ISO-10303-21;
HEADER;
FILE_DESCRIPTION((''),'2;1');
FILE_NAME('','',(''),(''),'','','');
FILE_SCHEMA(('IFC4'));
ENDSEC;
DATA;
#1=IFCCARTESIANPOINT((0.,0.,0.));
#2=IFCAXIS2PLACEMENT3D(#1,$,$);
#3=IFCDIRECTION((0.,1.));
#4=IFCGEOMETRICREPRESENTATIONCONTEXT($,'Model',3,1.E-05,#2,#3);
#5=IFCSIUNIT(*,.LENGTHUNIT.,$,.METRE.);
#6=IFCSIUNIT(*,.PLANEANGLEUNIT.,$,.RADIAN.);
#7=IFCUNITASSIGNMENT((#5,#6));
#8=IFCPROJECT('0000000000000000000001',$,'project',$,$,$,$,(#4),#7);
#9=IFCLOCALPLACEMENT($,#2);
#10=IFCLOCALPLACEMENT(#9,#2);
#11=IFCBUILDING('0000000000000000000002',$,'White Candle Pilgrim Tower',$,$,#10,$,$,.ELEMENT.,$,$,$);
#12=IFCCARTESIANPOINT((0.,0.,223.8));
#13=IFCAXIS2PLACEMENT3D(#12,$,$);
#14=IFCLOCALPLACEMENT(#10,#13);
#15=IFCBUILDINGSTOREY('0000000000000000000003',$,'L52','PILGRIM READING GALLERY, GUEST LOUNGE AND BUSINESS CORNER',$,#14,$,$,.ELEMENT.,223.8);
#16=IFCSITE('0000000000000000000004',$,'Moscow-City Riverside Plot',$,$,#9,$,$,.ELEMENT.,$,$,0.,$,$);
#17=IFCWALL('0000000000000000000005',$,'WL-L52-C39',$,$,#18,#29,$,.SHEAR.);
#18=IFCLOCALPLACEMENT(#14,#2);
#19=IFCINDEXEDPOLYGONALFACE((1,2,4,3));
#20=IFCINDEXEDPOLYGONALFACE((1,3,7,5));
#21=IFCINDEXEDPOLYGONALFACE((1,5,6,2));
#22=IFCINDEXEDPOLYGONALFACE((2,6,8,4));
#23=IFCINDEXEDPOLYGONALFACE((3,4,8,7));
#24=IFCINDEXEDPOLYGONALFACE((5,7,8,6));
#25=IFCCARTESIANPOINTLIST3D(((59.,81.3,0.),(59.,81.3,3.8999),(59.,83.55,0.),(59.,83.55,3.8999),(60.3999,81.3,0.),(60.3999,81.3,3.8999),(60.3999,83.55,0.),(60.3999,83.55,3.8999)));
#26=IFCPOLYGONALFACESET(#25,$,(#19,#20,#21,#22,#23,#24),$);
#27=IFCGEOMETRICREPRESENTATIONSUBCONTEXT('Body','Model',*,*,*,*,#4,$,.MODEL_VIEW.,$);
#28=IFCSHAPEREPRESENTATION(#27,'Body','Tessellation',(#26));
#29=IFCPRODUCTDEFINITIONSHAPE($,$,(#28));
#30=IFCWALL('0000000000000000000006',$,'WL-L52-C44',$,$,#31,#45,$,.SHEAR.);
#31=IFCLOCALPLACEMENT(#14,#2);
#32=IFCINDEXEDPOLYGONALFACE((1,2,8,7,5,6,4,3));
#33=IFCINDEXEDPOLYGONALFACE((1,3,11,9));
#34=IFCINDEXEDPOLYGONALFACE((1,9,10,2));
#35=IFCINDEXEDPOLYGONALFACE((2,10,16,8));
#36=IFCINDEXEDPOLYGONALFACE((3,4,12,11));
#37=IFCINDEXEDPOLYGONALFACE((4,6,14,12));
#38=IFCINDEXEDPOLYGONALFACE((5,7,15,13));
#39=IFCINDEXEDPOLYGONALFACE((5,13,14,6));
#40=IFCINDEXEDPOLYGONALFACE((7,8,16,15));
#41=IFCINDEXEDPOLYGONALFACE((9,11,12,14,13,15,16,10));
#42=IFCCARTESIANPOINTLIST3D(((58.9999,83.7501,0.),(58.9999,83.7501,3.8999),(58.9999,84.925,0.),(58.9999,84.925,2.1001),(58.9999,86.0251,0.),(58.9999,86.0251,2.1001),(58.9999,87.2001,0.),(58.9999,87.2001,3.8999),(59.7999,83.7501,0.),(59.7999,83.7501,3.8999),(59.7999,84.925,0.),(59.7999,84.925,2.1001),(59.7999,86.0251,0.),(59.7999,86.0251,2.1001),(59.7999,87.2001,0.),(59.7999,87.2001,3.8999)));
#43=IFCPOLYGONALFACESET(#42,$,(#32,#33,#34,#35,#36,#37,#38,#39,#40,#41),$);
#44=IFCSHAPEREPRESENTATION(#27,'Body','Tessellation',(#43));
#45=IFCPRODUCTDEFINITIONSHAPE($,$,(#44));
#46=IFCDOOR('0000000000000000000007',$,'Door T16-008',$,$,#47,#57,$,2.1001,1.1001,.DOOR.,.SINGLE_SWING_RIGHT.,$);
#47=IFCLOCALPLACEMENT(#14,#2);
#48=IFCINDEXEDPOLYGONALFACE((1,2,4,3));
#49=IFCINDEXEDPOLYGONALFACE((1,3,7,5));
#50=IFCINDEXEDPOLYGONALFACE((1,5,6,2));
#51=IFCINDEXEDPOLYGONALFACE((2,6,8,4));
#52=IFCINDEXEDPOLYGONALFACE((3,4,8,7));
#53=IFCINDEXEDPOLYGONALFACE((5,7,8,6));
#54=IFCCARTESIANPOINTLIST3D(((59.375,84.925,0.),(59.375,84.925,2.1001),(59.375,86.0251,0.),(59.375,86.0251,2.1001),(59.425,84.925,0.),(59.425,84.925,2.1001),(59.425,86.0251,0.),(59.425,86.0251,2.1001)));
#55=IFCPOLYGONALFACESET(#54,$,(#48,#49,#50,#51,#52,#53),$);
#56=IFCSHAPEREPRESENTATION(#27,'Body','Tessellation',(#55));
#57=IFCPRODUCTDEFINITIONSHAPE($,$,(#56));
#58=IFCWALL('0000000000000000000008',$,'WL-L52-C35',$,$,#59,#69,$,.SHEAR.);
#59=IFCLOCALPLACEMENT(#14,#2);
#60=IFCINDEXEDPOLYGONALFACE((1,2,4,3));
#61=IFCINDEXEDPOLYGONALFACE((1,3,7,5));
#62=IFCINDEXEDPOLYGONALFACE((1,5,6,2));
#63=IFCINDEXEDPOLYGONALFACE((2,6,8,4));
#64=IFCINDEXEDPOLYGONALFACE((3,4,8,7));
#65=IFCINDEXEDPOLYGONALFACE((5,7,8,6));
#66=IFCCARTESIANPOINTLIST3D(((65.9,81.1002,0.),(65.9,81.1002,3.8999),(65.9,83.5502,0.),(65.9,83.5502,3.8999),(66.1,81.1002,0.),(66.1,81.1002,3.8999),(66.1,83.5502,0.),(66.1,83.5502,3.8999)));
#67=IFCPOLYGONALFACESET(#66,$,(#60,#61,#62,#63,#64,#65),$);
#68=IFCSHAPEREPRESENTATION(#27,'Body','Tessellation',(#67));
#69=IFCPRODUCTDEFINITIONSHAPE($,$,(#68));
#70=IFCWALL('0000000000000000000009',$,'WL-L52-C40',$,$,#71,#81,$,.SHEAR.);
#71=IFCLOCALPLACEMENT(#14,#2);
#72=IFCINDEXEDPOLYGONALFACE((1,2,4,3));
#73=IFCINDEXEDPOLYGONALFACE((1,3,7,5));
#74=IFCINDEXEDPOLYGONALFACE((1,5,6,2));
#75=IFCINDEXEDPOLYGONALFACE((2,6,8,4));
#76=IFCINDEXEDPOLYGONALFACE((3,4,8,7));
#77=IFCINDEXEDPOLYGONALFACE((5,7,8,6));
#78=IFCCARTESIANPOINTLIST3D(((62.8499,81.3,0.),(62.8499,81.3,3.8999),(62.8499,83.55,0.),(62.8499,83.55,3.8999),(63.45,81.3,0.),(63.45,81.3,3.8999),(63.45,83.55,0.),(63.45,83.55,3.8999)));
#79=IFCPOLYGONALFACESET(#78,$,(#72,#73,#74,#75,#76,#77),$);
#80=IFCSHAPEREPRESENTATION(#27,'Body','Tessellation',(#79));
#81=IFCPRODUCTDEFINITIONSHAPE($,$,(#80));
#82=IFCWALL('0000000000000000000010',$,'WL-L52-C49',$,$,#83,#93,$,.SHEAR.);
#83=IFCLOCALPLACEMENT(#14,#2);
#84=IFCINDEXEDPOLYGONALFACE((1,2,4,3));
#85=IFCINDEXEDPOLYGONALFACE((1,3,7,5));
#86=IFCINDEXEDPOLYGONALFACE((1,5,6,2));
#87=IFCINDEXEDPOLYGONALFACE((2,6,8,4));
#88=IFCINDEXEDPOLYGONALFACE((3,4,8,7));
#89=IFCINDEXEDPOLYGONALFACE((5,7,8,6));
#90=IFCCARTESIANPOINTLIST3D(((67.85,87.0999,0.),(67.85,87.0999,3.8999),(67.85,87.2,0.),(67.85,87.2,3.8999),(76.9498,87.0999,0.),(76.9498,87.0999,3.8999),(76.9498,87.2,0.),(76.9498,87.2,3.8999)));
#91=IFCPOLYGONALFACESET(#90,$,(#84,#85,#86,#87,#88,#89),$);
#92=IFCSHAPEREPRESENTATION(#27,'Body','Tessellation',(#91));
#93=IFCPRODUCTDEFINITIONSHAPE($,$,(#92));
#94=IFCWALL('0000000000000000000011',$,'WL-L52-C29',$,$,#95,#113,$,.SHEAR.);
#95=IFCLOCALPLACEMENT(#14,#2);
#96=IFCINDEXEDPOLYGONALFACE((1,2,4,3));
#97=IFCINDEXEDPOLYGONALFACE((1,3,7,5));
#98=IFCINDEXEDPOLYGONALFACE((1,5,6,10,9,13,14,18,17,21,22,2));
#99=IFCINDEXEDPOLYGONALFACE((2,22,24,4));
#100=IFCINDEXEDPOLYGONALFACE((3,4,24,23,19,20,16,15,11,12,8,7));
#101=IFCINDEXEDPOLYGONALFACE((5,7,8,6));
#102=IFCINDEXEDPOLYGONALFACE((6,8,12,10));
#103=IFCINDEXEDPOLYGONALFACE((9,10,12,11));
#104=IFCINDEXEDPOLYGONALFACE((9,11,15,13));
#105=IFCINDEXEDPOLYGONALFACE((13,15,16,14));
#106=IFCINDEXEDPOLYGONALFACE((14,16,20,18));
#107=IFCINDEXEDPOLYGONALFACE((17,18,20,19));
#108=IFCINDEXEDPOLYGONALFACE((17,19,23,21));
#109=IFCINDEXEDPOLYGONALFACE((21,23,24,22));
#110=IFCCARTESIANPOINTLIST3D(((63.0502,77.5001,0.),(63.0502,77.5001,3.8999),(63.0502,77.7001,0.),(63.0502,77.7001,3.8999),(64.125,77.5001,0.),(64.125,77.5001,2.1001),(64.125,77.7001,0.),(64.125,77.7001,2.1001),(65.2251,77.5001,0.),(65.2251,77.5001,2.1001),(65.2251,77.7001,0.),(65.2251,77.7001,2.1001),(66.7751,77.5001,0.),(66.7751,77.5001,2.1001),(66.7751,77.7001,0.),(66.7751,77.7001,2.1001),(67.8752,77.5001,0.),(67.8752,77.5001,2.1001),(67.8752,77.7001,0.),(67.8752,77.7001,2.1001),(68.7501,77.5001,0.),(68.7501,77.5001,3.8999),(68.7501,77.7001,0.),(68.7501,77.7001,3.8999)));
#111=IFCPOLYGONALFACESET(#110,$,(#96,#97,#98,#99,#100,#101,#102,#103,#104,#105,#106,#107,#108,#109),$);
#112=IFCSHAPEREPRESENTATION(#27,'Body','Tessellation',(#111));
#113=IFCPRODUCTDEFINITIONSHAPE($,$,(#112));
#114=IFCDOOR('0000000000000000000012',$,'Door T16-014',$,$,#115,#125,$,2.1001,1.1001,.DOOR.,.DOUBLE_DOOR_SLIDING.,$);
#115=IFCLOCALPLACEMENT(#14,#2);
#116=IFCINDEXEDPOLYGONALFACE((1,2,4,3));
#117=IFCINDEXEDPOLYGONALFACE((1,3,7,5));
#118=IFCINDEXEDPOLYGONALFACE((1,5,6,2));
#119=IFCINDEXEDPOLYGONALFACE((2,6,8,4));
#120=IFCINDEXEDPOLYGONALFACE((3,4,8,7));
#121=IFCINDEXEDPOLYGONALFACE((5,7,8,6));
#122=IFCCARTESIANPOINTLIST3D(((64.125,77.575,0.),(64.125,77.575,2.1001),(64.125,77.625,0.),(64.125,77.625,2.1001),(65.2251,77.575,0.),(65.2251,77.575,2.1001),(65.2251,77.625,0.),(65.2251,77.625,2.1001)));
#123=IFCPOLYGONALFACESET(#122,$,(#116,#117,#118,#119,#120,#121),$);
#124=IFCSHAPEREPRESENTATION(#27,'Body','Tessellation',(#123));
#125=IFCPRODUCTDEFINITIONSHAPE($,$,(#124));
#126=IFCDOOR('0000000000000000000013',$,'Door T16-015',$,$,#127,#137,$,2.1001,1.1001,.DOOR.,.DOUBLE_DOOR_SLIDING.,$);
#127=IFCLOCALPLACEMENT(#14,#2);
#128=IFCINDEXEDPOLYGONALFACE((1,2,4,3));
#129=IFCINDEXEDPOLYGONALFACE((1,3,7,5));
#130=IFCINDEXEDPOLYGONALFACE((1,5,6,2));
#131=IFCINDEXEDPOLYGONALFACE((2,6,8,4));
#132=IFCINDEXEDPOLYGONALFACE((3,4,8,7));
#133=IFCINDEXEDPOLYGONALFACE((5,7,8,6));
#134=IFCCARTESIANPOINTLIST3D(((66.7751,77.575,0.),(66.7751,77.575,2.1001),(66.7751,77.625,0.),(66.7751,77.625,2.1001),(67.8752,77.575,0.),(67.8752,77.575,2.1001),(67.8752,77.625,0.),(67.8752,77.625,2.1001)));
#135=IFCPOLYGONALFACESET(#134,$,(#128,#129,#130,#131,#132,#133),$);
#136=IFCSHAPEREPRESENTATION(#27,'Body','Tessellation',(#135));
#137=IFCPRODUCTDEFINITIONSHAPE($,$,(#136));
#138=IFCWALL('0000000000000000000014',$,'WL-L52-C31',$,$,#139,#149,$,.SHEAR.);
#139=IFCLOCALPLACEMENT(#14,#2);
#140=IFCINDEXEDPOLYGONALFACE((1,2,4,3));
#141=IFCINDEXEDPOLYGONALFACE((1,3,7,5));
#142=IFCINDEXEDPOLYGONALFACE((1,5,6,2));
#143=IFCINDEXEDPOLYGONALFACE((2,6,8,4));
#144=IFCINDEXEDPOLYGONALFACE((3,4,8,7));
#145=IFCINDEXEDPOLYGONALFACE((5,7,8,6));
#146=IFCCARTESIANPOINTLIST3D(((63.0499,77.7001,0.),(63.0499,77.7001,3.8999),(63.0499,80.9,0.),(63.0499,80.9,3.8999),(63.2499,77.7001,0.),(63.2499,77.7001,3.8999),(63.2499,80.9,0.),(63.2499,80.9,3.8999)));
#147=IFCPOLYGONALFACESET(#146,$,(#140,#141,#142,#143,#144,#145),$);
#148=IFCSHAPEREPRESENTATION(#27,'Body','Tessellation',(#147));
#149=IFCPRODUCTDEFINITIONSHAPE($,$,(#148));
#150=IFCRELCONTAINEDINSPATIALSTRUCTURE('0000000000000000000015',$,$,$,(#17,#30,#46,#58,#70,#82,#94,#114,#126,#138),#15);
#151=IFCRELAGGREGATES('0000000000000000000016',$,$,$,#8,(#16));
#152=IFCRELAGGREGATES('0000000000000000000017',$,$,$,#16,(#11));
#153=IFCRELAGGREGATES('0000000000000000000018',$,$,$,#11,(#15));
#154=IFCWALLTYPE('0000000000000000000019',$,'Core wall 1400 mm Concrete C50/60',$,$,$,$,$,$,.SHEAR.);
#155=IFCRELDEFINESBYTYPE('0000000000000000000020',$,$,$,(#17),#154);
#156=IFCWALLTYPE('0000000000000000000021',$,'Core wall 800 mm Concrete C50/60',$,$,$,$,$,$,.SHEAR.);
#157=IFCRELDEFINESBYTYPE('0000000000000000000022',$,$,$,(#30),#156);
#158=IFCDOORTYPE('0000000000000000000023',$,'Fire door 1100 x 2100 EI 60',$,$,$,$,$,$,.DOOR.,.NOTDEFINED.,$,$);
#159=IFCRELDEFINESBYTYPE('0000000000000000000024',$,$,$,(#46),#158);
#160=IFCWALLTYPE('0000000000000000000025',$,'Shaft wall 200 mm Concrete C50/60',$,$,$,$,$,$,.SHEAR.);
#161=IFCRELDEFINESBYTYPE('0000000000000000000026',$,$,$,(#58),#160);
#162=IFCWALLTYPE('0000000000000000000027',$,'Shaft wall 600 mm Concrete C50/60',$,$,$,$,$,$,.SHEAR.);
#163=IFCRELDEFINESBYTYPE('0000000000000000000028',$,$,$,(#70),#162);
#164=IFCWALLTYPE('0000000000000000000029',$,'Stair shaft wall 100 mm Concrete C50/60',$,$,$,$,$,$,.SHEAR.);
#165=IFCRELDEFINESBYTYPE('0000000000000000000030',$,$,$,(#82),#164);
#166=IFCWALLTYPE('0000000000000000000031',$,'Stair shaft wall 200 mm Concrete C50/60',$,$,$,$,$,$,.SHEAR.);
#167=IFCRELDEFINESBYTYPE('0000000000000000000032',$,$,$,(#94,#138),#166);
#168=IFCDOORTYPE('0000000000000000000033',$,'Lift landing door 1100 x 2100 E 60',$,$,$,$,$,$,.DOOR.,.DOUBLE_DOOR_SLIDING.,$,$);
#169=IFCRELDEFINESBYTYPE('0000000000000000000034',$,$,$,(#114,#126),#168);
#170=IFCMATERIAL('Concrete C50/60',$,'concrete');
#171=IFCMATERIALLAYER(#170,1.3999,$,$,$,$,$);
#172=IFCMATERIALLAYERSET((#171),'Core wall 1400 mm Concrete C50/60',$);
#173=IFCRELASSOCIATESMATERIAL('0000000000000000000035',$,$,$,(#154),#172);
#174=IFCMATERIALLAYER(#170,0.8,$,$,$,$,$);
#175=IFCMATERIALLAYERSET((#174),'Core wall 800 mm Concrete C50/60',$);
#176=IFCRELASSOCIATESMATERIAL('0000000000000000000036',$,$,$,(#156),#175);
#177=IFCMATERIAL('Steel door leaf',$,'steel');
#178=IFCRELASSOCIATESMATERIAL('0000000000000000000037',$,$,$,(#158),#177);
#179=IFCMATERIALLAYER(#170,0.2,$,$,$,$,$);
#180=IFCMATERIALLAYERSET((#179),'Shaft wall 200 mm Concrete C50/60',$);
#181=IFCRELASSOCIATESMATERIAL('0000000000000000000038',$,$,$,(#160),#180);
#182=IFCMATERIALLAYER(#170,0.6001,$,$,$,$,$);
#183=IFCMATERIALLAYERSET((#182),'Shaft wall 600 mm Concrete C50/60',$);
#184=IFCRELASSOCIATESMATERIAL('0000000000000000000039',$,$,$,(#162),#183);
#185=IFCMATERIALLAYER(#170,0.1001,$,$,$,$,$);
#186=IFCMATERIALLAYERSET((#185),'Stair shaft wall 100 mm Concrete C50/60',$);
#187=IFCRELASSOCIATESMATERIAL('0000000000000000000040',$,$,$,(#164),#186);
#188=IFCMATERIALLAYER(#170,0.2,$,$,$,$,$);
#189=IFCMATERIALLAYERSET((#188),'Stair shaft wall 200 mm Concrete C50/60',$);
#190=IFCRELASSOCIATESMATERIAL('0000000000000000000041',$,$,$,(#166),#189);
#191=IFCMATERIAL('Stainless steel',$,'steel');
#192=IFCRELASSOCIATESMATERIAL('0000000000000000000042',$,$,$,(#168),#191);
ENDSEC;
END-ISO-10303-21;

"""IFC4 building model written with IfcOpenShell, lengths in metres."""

from ifc_helpers import new_model, si_unit, direction, frame, frame_2d, origin, place, context, subcontext, project, spatial, rectangle, extrude, material, layer, layer_set, type_object, element, fill, save


model = new_model("IFC4")

# Units and contexts
model_context = context("Model", 3, precision=1e-05, world=origin(), true_north=direction((0.0, 1.0)))
body_context = subcontext(model_context, "Body", "Model", "MODEL_VIEW")
ifc_project = project(units=[si_unit("LENGTHUNIT", "METRE"), si_unit("PLANEANGLEUNIT", "RADIAN")], contexts=[model_context])

# Site, building, storey
site_placement = place(None, origin())
site = spatial("IfcSite", under=ifc_project, at=site_placement, Name="Moscow-City Riverside Plot", CompositionType="ELEMENT", RefElevation=0.0)
building_placement = place(site_placement, origin())
building = spatial("IfcBuilding", under=site, at=building_placement, Name="White Candle Pilgrim Tower", CompositionType="ELEMENT")
storey_placement = place(building_placement, frame((0.0, 0.0, 223.8)))
storey = spatial("IfcBuildingStorey", under=building, at=storey_placement, Name="L52", Description="PILGRIM READING GALLERY, GUEST LOUNGE AND BUSINESS CORNER", CompositionType="ELEMENT", Elevation=223.8)

# Wall
ifc_material_1 = material(Name="Concrete C50/60", Category="concrete")
ifc_layer_1 = layer(ifc_material_1, 1.3999)
ifc_layer_set_1 = layer_set([ifc_layer_1], Name="Core wall 1400 mm Concrete C50/60")
wall_type_1 = type_object("IfcWallType", Name="Core wall 1400 mm Concrete C50/60", PredefinedType="SHEAR", material=ifc_layer_set_1)
wall_1_placement = place(storey_placement, frame((59.7, 81.3, 0.0), z_axis=(0.0, 0.0, 1.0), x_axis=(0.0, 1.0, 0.0)))
element("IfcWall", 1, at=wall_1_placement, inside=storey, type_object=wall_type_1, Name="WL-L52-C39", PredefinedType="SHEAR", context=body_context, shape_type="SweptSolid", body=[
    extrude(rectangle(XDim=2.25, YDim=1.3999, at=frame_2d((1.125, 0.0))), origin(), (0.0, 0.0, 1.0), 3.8999),
])

# Wall, opening, door
ifc_layer_2 = layer(ifc_material_1, 0.8)
ifc_layer_set_2 = layer_set([ifc_layer_2], Name="Core wall 800 mm Concrete C50/60")
wall_type_2 = type_object("IfcWallType", Name="Core wall 800 mm Concrete C50/60", PredefinedType="SHEAR", material=ifc_layer_set_2)
wall_2_placement = place(storey_placement, frame((59.3999, 83.75, 0.0), z_axis=(0.0, 0.0, 1.0), x_axis=(0.0, 1.0, 0.0)))
wall_2 = element("IfcWall", 2, at=wall_2_placement, inside=storey, type_object=wall_type_2, Name="WL-L52-C44", PredefinedType="SHEAR", context=body_context, shape_type="SweptSolid", body=[
    extrude(rectangle(XDim=3.45, YDim=0.8, at=frame_2d((1.7251, 0.0))), origin(), (0.0, 0.0, 1.0), 3.8999),
])
opening_1_placement = place(wall_2_placement, frame((1.175, 0.0, 0.0)))
opening_1 = element("IfcOpeningElement", 3, at=opening_1_placement, cuts=wall_2, PredefinedType="OPENING", context=body_context, shape_type="SweptSolid", body=[
    extrude(rectangle(XDim=1.1001, YDim=2.1001, at=frame_2d((0.55, 1.05))), frame((0.0, 0.4099, 0.0), z_axis=(0.0, -1.0, 0.0), x_axis=(1.0, 0.0, 0.0)), (0.0, 0.0, 1.0), 0.8201),
])
ifc_material_2 = material(Name="Steel door leaf", Category="steel")
door_type_1 = type_object("IfcDoorType", Name="Fire door 1100 x 2100 EI 60", OperationType="NOTDEFINED", PredefinedType="DOOR", material=ifc_material_2)
door_1_placement = place(opening_1_placement, origin())
door_1 = element("IfcDoor", 4, at=door_1_placement, inside=storey, type_object=door_type_1, Name="Door T16-008", OperationType="SINGLE_SWING_RIGHT", OverallHeight=2.1001, OverallWidth=1.1001, PredefinedType="DOOR", context=body_context, shape_type="SweptSolid", body=[
    extrude(rectangle(XDim=1.1001, YDim=2.1001, at=frame_2d((0.55, 1.05))), frame((0.0, 0.0249, 0.0), z_axis=(0.0, -1.0, 0.0), x_axis=(1.0, 0.0, 0.0)), (0.0, 0.0, 1.0), 0.05),
])
fill(opening_1, door_1)

# Walls
ifc_layer_3 = layer(ifc_material_1, 0.2)
ifc_layer_set_3 = layer_set([ifc_layer_3], Name="Shaft wall 200 mm Concrete C50/60")
wall_type_3 = type_object("IfcWallType", Name="Shaft wall 200 mm Concrete C50/60", PredefinedType="SHEAR", material=ifc_layer_set_3)
wall_3_placement = place(storey_placement, frame((66.0, 81.1001, 0.0), z_axis=(0.0, 0.0, 1.0), x_axis=(0.0, 1.0, 0.0)))
element("IfcWall", 5, at=wall_3_placement, inside=storey, type_object=wall_type_3, Name="WL-L52-C35", PredefinedType="SHEAR", context=body_context, shape_type="SweptSolid", body=[
    extrude(rectangle(XDim=2.45, YDim=0.2, at=frame_2d((1.2251, 0.0))), origin(), (0.0, 0.0, 1.0), 3.8999),
])
ifc_layer_4 = layer(ifc_material_1, 0.6001)
ifc_layer_set_4 = layer_set([ifc_layer_4], Name="Shaft wall 600 mm Concrete C50/60")
wall_type_4 = type_object("IfcWallType", Name="Shaft wall 600 mm Concrete C50/60", PredefinedType="SHEAR", material=ifc_layer_set_4)
wall_4_placement = place(storey_placement, frame((63.1499, 81.3, 0.0), z_axis=(0.0, 0.0, 1.0), x_axis=(0.0, 1.0, 0.0)))
element("IfcWall", 6, at=wall_4_placement, inside=storey, type_object=wall_type_4, Name="WL-L52-C40", PredefinedType="SHEAR", context=body_context, shape_type="SweptSolid", body=[
    extrude(rectangle(XDim=2.25, YDim=0.6001, at=frame_2d((1.125, 0.0))), origin(), (0.0, 0.0, 1.0), 3.8999),
])
ifc_layer_5 = layer(ifc_material_1, 0.1001)
ifc_layer_set_5 = layer_set([ifc_layer_5], Name="Stair shaft wall 100 mm Concrete C50/60")
wall_type_5 = type_object("IfcWallType", Name="Stair shaft wall 100 mm Concrete C50/60", PredefinedType="SHEAR", material=ifc_layer_set_5)
wall_5_placement = place(storey_placement, frame((67.8501, 87.1499, 0.0), z_axis=(0.0, 0.0, 1.0), x_axis=(1.0, 0.0, 0.0)))
element("IfcWall", 7, at=wall_5_placement, inside=storey, type_object=wall_type_5, Name="WL-L52-C49", PredefinedType="SHEAR", context=body_context, shape_type="SweptSolid", body=[
    extrude(rectangle(XDim=9.0999, YDim=0.1001, at=frame_2d((4.5498, 0.0))), origin(), (0.0, 0.0, 1.0), 3.8999),
])

# Wall, openings, doors
ifc_layer_6 = layer(ifc_material_1, 0.2)
ifc_layer_set_6 = layer_set([ifc_layer_6], Name="Stair shaft wall 200 mm Concrete C50/60")
wall_type_6 = type_object("IfcWallType", Name="Stair shaft wall 200 mm Concrete C50/60", PredefinedType="SHEAR", material=ifc_layer_set_6)
wall_6_placement = place(storey_placement, frame((63.05, 77.6001, 0.0), z_axis=(0.0, 0.0, 1.0), x_axis=(1.0, 0.0, 0.0)))
wall_6 = element("IfcWall", 8, at=wall_6_placement, inside=storey, type_object=wall_type_6, Name="WL-L52-C29", PredefinedType="SHEAR", context=body_context, shape_type="SweptSolid", body=[
    extrude(rectangle(XDim=5.7, YDim=0.2, at=frame_2d((2.8501, 0.0))), origin(), (0.0, 0.0, 1.0), 3.8999),
])
opening_2_placement = place(wall_6_placement, frame((1.075, 0.0, 0.0)))
opening_2 = element("IfcOpeningElement", 9, at=opening_2_placement, cuts=wall_6, PredefinedType="OPENING", context=body_context, shape_type="SweptSolid", body=[
    extrude(rectangle(XDim=1.1001, YDim=2.1001, at=frame_2d((0.55, 1.05))), frame((0.0, 0.1099, 0.0), z_axis=(0.0, -1.0, 0.0), x_axis=(1.0, 0.0, 0.0)), (0.0, 0.0, 1.0), 0.22),
])
opening_3_placement = place(wall_6_placement, frame((3.7251, 0.0, 0.0)))
opening_3 = element("IfcOpeningElement", 10, at=opening_3_placement, cuts=wall_6, PredefinedType="OPENING", context=body_context, shape_type="SweptSolid", body=[
    extrude(rectangle(XDim=1.1001, YDim=2.1001, at=frame_2d((0.55, 1.05))), frame((0.0, 0.1099, 0.0), z_axis=(0.0, -1.0, 0.0), x_axis=(1.0, 0.0, 0.0)), (0.0, 0.0, 1.0), 0.22),
])
ifc_material_3 = material(Name="Stainless steel", Category="steel")
door_type_2 = type_object("IfcDoorType", Name="Lift landing door 1100 x 2100 E 60", OperationType="DOUBLE_DOOR_SLIDING", PredefinedType="DOOR", material=ifc_material_3)
door_2_placement = place(opening_2_placement, origin())
door_2 = element("IfcDoor", 11, at=door_2_placement, inside=storey, type_object=door_type_2, Name="Door T16-014", OperationType="DOUBLE_DOOR_SLIDING", OverallHeight=2.1001, OverallWidth=1.1001, PredefinedType="DOOR", context=body_context, shape_type="SweptSolid", body=[
    extrude(rectangle(XDim=1.1001, YDim=2.1001, at=frame_2d((0.55, 1.05))), frame((0.0, 0.0249, 0.0), z_axis=(0.0, -1.0, 0.0), x_axis=(1.0, 0.0, 0.0)), (0.0, 0.0, 1.0), 0.05),
])
fill(opening_2, door_2)
door_3_placement = place(opening_3_placement, origin())
door_3 = element("IfcDoor", 12, at=door_3_placement, inside=storey, type_object=door_type_2, Name="Door T16-015", OperationType="DOUBLE_DOOR_SLIDING", OverallHeight=2.1001, OverallWidth=1.1001, PredefinedType="DOOR", context=body_context, shape_type="SweptSolid", body=[
    extrude(rectangle(XDim=1.1001, YDim=2.1001, at=frame_2d((0.55, 1.05))), frame((0.0, 0.0249, 0.0), z_axis=(0.0, -1.0, 0.0), x_axis=(1.0, 0.0, 0.0)), (0.0, 0.0, 1.0), 0.05),
])
fill(opening_3, door_3)

# Wall
wall_7_placement = place(storey_placement, frame((63.1499, 77.7, 0.0), z_axis=(0.0, 0.0, 1.0), x_axis=(0.0, 1.0, 0.0)))
element("IfcWall", 13, at=wall_7_placement, inside=storey, type_object=wall_type_6, Name="WL-L52-C31", PredefinedType="SHEAR", context=body_context, shape_type="SweptSolid", body=[
    extrude(rectangle(XDim=3.2, YDim=0.2, at=frame_2d((1.6001, 0.0))), origin(), (0.0, 0.0, 1.0), 3.8999),
])

save(model, "model.ifc")
